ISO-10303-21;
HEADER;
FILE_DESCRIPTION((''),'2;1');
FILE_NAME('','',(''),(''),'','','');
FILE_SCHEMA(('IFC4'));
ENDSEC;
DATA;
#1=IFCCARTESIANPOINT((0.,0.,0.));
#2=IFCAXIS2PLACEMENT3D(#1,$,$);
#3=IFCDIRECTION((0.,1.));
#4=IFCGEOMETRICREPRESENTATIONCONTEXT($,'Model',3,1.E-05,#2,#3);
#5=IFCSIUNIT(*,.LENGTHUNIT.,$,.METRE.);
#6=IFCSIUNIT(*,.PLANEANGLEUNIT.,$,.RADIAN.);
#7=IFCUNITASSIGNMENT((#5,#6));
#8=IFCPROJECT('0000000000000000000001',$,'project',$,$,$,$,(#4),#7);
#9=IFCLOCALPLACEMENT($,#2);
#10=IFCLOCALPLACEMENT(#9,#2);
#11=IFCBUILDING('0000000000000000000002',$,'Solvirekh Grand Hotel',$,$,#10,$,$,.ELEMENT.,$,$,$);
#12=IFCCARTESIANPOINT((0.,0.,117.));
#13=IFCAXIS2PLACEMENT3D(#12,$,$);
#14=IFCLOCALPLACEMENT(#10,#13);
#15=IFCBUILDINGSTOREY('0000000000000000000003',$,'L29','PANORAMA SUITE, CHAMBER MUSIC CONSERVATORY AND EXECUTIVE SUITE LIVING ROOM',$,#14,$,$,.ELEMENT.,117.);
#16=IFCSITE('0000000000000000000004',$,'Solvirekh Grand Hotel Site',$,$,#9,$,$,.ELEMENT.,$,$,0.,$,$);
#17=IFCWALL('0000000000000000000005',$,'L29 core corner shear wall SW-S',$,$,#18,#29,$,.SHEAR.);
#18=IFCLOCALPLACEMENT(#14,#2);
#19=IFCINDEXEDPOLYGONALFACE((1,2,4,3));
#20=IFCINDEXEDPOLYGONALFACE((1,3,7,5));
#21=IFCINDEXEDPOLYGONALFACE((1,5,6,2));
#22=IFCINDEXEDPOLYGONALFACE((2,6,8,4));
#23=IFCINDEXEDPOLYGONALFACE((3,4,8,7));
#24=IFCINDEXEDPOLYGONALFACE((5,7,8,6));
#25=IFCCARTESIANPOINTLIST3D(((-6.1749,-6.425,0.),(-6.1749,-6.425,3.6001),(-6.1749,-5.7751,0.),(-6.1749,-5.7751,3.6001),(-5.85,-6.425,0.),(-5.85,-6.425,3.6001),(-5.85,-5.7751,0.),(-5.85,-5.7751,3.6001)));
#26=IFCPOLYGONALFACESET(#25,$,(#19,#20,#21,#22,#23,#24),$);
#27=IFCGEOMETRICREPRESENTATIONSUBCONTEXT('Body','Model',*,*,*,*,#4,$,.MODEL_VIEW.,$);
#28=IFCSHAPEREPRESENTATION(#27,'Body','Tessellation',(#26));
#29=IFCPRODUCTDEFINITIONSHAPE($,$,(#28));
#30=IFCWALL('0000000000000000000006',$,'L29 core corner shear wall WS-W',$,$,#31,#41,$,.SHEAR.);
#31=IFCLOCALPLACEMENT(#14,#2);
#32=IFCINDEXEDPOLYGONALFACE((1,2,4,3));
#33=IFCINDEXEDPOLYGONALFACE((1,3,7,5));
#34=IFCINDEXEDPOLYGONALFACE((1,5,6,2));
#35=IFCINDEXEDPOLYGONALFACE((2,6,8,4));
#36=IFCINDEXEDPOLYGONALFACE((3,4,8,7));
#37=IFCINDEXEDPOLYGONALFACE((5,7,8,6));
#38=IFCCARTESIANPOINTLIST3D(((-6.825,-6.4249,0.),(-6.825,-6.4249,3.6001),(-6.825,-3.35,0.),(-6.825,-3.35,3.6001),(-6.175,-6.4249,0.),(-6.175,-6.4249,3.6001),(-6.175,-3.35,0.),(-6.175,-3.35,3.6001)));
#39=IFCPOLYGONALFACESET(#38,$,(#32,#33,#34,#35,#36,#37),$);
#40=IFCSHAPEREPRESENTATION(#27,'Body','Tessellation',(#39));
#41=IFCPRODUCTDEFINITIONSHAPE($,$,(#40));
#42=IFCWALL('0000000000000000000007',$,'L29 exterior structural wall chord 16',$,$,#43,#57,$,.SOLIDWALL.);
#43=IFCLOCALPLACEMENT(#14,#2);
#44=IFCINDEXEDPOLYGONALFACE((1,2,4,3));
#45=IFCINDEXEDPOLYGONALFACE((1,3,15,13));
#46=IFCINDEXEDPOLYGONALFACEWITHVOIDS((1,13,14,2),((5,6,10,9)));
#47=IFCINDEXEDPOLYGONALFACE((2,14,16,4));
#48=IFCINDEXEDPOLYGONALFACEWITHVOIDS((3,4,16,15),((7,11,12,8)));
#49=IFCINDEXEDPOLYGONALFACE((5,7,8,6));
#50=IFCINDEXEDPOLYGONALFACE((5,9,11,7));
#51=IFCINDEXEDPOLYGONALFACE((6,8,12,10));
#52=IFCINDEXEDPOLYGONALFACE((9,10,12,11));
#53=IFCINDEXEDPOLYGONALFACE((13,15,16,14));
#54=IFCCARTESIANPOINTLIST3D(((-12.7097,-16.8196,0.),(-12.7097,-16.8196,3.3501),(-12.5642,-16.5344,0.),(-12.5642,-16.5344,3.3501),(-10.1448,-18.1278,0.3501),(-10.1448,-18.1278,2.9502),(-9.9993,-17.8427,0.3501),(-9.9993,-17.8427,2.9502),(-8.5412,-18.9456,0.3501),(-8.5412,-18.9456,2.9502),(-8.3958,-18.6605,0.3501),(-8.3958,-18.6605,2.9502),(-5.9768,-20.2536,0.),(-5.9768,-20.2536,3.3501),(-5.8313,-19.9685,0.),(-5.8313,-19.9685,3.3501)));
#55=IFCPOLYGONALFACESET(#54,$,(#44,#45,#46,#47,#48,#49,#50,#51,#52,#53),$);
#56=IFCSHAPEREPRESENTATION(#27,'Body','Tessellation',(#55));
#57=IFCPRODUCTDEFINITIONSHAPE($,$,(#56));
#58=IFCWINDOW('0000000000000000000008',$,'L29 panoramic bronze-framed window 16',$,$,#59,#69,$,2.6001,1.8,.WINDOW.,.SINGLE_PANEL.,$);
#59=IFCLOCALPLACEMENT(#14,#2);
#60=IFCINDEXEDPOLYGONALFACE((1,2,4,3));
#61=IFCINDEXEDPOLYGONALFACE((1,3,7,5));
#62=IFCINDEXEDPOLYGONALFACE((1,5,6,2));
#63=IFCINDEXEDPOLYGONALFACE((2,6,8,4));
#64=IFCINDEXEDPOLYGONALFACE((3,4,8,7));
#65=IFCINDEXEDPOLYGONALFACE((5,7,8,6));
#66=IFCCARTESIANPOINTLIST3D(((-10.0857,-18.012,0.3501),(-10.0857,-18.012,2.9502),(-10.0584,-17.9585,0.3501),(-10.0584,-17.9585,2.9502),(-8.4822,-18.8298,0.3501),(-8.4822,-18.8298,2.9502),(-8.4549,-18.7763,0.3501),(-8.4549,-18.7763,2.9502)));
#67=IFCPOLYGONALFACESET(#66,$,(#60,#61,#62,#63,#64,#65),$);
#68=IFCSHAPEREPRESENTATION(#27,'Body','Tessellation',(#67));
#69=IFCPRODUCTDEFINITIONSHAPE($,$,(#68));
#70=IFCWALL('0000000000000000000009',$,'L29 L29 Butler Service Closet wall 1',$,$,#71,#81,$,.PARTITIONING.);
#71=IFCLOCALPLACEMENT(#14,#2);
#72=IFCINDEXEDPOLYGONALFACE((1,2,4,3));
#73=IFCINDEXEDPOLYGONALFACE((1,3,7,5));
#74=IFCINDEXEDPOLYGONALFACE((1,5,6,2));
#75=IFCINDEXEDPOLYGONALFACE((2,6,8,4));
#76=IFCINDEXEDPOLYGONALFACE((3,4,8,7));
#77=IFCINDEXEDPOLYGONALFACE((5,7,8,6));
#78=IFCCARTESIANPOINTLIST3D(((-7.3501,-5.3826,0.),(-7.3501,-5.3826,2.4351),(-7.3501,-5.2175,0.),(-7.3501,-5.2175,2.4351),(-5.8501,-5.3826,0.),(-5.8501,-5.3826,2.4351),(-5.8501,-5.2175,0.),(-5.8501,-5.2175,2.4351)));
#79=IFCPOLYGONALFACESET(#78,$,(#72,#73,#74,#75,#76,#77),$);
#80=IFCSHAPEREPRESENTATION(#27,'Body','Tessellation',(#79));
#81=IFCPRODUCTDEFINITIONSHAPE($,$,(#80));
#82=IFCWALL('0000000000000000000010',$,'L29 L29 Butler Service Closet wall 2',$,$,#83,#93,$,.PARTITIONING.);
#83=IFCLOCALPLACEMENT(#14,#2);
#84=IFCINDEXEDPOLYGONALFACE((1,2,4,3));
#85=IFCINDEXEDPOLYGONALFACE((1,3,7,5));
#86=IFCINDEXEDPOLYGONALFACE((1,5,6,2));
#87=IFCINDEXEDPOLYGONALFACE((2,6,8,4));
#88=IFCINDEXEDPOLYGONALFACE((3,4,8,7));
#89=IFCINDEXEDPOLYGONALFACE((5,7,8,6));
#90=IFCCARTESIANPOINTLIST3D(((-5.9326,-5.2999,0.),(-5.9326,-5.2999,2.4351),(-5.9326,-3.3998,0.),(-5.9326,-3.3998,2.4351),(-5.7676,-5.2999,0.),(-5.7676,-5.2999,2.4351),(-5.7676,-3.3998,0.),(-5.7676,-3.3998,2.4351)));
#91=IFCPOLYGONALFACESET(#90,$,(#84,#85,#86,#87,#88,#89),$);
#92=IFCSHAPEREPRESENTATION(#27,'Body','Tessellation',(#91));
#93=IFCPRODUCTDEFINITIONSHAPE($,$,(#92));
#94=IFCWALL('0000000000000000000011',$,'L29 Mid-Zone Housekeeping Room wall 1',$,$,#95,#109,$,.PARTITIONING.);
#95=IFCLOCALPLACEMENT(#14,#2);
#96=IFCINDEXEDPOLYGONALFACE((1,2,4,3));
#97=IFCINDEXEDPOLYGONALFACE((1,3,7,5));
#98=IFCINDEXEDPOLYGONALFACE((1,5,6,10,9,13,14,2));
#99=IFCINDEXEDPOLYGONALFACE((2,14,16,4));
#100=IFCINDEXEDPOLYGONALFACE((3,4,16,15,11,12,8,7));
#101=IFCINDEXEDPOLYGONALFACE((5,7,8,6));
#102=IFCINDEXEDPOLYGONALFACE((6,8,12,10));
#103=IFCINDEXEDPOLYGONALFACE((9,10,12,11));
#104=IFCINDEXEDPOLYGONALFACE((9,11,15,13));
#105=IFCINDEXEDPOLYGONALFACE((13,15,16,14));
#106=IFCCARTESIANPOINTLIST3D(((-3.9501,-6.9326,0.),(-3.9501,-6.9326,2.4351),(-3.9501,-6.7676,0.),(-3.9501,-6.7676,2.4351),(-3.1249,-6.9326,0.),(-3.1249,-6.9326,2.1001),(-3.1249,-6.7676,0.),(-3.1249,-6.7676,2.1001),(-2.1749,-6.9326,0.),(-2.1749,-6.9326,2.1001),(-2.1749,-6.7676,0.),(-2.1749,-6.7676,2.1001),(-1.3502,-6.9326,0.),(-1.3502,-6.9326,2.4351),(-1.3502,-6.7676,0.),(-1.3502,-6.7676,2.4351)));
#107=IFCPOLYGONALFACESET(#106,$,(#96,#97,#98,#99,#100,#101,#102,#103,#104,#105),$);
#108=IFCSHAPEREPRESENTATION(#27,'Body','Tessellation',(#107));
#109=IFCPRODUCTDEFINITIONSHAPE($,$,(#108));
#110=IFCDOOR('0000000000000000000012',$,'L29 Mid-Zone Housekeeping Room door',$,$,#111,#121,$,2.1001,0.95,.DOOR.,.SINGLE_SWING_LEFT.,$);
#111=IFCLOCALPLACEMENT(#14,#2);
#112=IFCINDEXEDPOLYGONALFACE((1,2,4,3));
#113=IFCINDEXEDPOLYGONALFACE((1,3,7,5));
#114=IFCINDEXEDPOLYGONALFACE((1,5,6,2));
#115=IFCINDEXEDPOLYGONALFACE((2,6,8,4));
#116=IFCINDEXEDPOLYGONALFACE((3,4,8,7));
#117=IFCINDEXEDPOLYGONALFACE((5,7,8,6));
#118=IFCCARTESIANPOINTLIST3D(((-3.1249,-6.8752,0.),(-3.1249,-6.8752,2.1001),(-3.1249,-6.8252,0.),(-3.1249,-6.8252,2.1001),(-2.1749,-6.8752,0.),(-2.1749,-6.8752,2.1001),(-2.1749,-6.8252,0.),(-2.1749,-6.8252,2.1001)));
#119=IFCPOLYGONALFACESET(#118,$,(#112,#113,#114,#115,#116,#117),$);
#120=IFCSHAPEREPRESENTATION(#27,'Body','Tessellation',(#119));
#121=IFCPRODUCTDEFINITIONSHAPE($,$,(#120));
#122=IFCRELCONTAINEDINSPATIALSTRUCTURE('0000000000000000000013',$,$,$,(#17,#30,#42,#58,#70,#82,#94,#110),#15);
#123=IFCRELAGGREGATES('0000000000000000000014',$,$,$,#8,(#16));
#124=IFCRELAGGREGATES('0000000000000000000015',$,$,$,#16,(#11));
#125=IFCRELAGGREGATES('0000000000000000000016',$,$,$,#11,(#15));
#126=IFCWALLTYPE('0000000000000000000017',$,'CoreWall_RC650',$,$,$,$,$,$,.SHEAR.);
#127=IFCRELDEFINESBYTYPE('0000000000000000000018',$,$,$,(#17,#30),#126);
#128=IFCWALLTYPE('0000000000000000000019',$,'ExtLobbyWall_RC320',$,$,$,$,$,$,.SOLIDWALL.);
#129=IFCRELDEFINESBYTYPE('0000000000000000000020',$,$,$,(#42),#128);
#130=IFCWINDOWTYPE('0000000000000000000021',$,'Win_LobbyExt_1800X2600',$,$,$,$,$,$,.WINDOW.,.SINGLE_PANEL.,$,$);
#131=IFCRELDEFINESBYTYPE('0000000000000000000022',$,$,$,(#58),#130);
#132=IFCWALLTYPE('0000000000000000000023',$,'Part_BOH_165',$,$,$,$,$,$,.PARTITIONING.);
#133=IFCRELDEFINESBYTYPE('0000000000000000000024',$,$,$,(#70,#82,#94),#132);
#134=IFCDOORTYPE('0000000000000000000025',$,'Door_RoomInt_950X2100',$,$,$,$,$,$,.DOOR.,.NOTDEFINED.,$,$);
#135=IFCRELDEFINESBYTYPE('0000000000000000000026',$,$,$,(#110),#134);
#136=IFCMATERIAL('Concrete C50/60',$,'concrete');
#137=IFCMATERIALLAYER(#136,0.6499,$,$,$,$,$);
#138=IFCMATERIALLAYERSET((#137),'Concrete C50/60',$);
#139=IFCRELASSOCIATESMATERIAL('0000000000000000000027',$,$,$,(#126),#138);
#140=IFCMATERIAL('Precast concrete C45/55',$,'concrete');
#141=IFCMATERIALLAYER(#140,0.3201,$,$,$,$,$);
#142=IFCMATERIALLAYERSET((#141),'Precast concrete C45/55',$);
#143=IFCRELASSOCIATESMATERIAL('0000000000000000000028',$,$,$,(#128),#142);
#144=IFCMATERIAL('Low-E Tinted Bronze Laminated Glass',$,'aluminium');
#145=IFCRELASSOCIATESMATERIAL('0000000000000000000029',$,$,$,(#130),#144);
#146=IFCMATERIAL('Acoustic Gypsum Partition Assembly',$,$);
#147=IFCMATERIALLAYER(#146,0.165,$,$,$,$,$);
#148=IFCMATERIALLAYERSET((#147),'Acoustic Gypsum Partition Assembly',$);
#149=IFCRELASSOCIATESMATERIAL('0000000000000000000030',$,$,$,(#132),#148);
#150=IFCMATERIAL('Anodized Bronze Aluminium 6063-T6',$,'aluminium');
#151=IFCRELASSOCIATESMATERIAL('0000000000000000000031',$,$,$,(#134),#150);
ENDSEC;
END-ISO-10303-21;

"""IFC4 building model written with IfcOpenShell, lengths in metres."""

from ifc_helpers import new_model, si_unit, direction, frame, frame_2d, origin, place, context, subcontext, project, spatial, rectangle, extrude, material, layer, layer_set, type_object, element, fill, save


model = new_model("IFC4")

# Units and contexts
model_context = context("Model", 3, precision=1e-05, world=origin(), true_north=direction((0.0, 1.0)))
body_context = subcontext(model_context, "Body", "Model", "MODEL_VIEW")
ifc_project = project(units=[si_unit("LENGTHUNIT", "METRE"), si_unit("PLANEANGLEUNIT", "RADIAN")], contexts=[model_context])

# Site, building, storey
site_placement = place(None, origin())
site = spatial("IfcSite", under=ifc_project, at=site_placement, Name="Solvirekh Grand Hotel Site", CompositionType="ELEMENT", RefElevation=0.0)
building_placement = place(site_placement, origin())
building = spatial("IfcBuilding", under=site, at=building_placement, Name="Solvirekh Grand Hotel", CompositionType="ELEMENT")
storey_placement = place(building_placement, frame((0.0, 0.0, 117.0)))
storey = spatial("IfcBuildingStorey", under=building, at=storey_placement, Name="L29", Description="PANORAMA SUITE, CHAMBER MUSIC CONSERVATORY AND EXECUTIVE SUITE LIVING ROOM", CompositionType="ELEMENT", Elevation=117.0)

# Shared definitions
ifc_material_1 = material(Name="Concrete C50/60", Category="concrete")

# Walls
ifc_layer_1 = layer(ifc_material_1, 0.6499)
ifc_layer_set_1 = layer_set([ifc_layer_1], Name="Concrete C50/60")
wall_type_1 = type_object("IfcWallType", Name="CoreWall_RC650", PredefinedType="SHEAR", material=ifc_layer_set_1)
wall_1_placement = place(storey_placement, frame((-6.175, -6.1001, 0.0), z_axis=(0.0, 0.0, 1.0), x_axis=(1.0, 0.0, 0.0)))
element("IfcWall", 1, at=wall_1_placement, inside=storey, type_object=wall_type_1, Name="L29 core corner shear wall SW-S", PredefinedType="SHEAR", context=body_context, shape_type="SweptSolid", body=[
    extrude(rectangle(XDim=0.325, YDim=0.6499, at=frame_2d((0.1626, 0.0))), origin(), (0.0, 0.0, 1.0), 3.6001),
])
wall_2_placement = place(storey_placement, frame((-6.5, -6.425, 0.0), z_axis=(0.0, 0.0, 1.0), x_axis=(0.0, 1.0, 0.0)))
element("IfcWall", 2, at=wall_2_placement, inside=storey, type_object=wall_type_1, Name="L29 core corner shear wall WS-W", PredefinedType="SHEAR", context=body_context, shape_type="SweptSolid", body=[
    extrude(rectangle(XDim=3.075, YDim=0.6499, at=frame_2d((1.5376, 0.0))), origin(), (0.0, 0.0, 1.0), 3.6001),
])

# Wall, opening, window
ifc_material_2 = material(Name="Precast concrete C45/55", Category="concrete")
ifc_layer_2 = layer(ifc_material_2, 0.3201)
ifc_layer_set_2 = layer_set([ifc_layer_2], Name="Precast concrete C45/55")
wall_type_2 = type_object("IfcWallType", Name="ExtLobbyWall_RC320", PredefinedType="SOLIDWALL", material=ifc_layer_set_2)
wall_3_placement = place(storey_placement, frame((-5.9041, -20.1111, 0.0), z_axis=(0.0, 0.0, 1.0), x_axis=(-0.89082, 0.454357, 0.0)))
wall_3 = element("IfcWall", 3, at=wall_3_placement, inside=storey, type_object=wall_type_2, Name="L29 exterior structural wall chord 16", PredefinedType="SOLIDWALL", context=body_context, shape_type="SweptSolid", body=[
    extrude(rectangle(XDim=7.5581, YDim=0.3201, at=frame_2d((3.7791, 0.0))), origin(), (0.0, 0.0, 1.0), 3.3501),
])
opening_1_placement = place(wall_3_placement, frame((2.8789, 0.0, 0.3501)))
opening_1 = element("IfcOpeningElement", 4, at=opening_1_placement, cuts=wall_3, PredefinedType="OPENING", context=body_context, shape_type="SweptSolid", body=[
    extrude(rectangle(XDim=1.8, YDim=2.6001, at=frame_2d((0.8999, 1.3))), frame((0.0, 0.1699, 0.0), z_axis=(0.0, -1.0, 0.0), x_axis=(1.0, 0.0, 0.0)), (0.0, 0.0, 1.0), 0.3401),
])
ifc_material_3 = material(Name="Low-E Tinted Bronze Laminated Glass", Category="aluminium")
window_type = type_object("IfcWindowType", Name="Win_LobbyExt_1800X2600", PartitioningType="SINGLE_PANEL", PredefinedType="WINDOW", material=ifc_material_3)
window_placement = place(opening_1_placement, origin())
window = element("IfcWindow", 5, at=window_placement, inside=storey, type_object=window_type, Name="L29 panoramic bronze-framed window 16", OverallHeight=2.6001, OverallWidth=1.8, PartitioningType="SINGLE_PANEL", PredefinedType="WINDOW", context=body_context, shape_type="SweptSolid", body=[
    extrude(rectangle(XDim=1.8, YDim=2.6001, at=frame_2d((0.8999, 1.3))), frame((0.0, 0.03, 0.0), z_axis=(0.0, -1.0, 0.0), x_axis=(1.0, 0.0, 0.0)), (0.0, 0.0, 1.0), 0.0601),
])
fill(opening_1, window)

# Walls
ifc_material_4 = material(Name="Acoustic Gypsum Partition Assembly")
ifc_layer_3 = layer(ifc_material_4, 0.165)
ifc_layer_set_3 = layer_set([ifc_layer_3], Name="Acoustic Gypsum Partition Assembly")
wall_type_3 = type_object("IfcWallType", Name="Part_BOH_165", PredefinedType="PARTITIONING", material=ifc_layer_set_3)
wall_4_placement = place(storey_placement, frame((-7.3501, -5.3, 0.0), z_axis=(0.0, 0.0, 1.0), x_axis=(1.0, 0.0, 0.0)))
element("IfcWall", 6, at=wall_4_placement, inside=storey, type_object=wall_type_3, Name="L29 L29 Butler Service Closet wall 1", PredefinedType="PARTITIONING", context=body_context, shape_type="SweptSolid", body=[
    extrude(rectangle(XDim=1.5, YDim=0.165, at=frame_2d((0.75, 0.0))), origin(), (0.0, 0.0, 1.0), 2.4351),
])
wall_5_placement = place(storey_placement, frame((-5.8501, -5.3, 0.0), z_axis=(0.0, 0.0, 1.0), x_axis=(0.0, 1.0, 0.0)))
element("IfcWall", 7, at=wall_5_placement, inside=storey, type_object=wall_type_3, Name="L29 L29 Butler Service Closet wall 2", PredefinedType="PARTITIONING", context=body_context, shape_type="SweptSolid", body=[
    extrude(rectangle(XDim=1.9001, YDim=0.165, at=frame_2d((0.9502, 0.0))), origin(), (0.0, 0.0, 1.0), 2.4351),
])

# Wall, opening, door
wall_6_placement = place(storey_placement, frame((-3.95, -6.8501, 0.0), z_axis=(0.0, 0.0, 1.0), x_axis=(1.0, 0.0, 0.0)))
wall_6 = element("IfcWall", 8, at=wall_6_placement, inside=storey, type_object=wall_type_3, Name="L29 Mid-Zone Housekeeping Room wall 1", PredefinedType="PARTITIONING", context=body_context, shape_type="SweptSolid", body=[
    extrude(rectangle(XDim=2.5999, YDim=0.165, at=frame_2d((1.2998, 0.0))), origin(), (0.0, 0.0, 1.0), 2.4351),
])
opening_2_placement = place(wall_6_placement, frame((0.825, 0.0, 0.0)))
opening_2 = element("IfcOpeningElement", 9, at=opening_2_placement, cuts=wall_6, PredefinedType="OPENING", context=body_context, shape_type="SweptSolid", body=[
    extrude(rectangle(XDim=0.95, YDim=2.1001, at=frame_2d((0.4751, 1.05))), frame((0.0, 0.0925, 0.0), z_axis=(0.0, -1.0, 0.0), x_axis=(1.0, 0.0, 0.0)), (0.0, 0.0, 1.0), 0.1851),
])
ifc_material_5 = material(Name="Anodized Bronze Aluminium 6063-T6", Category="aluminium")
door_type_1 = type_object("IfcDoorType", Name="Door_RoomInt_950X2100", OperationType="NOTDEFINED", PredefinedType="DOOR", material=ifc_material_5)
door_1_placement = place(opening_2_placement, origin())
door_1 = element("IfcDoor", 10, at=door_1_placement, inside=storey, type_object=door_type_1, Name="L29 Mid-Zone Housekeeping Room door", OperationType="SINGLE_SWING_LEFT", OverallHeight=2.1001, OverallWidth=0.95, PredefinedType="DOOR", context=body_context, shape_type="SweptSolid", body=[
    extrude(rectangle(XDim=0.95, YDim=2.1001, at=frame_2d((0.4751, 1.05))), frame((0.0, 0.0249, 0.0), z_axis=(0.0, -1.0, 0.0), x_axis=(1.0, 0.0, 0.0)), (0.0, 0.0, 1.0), 0.05),
])
fill(opening_2, door_1)

save(model, "model.ifc")
